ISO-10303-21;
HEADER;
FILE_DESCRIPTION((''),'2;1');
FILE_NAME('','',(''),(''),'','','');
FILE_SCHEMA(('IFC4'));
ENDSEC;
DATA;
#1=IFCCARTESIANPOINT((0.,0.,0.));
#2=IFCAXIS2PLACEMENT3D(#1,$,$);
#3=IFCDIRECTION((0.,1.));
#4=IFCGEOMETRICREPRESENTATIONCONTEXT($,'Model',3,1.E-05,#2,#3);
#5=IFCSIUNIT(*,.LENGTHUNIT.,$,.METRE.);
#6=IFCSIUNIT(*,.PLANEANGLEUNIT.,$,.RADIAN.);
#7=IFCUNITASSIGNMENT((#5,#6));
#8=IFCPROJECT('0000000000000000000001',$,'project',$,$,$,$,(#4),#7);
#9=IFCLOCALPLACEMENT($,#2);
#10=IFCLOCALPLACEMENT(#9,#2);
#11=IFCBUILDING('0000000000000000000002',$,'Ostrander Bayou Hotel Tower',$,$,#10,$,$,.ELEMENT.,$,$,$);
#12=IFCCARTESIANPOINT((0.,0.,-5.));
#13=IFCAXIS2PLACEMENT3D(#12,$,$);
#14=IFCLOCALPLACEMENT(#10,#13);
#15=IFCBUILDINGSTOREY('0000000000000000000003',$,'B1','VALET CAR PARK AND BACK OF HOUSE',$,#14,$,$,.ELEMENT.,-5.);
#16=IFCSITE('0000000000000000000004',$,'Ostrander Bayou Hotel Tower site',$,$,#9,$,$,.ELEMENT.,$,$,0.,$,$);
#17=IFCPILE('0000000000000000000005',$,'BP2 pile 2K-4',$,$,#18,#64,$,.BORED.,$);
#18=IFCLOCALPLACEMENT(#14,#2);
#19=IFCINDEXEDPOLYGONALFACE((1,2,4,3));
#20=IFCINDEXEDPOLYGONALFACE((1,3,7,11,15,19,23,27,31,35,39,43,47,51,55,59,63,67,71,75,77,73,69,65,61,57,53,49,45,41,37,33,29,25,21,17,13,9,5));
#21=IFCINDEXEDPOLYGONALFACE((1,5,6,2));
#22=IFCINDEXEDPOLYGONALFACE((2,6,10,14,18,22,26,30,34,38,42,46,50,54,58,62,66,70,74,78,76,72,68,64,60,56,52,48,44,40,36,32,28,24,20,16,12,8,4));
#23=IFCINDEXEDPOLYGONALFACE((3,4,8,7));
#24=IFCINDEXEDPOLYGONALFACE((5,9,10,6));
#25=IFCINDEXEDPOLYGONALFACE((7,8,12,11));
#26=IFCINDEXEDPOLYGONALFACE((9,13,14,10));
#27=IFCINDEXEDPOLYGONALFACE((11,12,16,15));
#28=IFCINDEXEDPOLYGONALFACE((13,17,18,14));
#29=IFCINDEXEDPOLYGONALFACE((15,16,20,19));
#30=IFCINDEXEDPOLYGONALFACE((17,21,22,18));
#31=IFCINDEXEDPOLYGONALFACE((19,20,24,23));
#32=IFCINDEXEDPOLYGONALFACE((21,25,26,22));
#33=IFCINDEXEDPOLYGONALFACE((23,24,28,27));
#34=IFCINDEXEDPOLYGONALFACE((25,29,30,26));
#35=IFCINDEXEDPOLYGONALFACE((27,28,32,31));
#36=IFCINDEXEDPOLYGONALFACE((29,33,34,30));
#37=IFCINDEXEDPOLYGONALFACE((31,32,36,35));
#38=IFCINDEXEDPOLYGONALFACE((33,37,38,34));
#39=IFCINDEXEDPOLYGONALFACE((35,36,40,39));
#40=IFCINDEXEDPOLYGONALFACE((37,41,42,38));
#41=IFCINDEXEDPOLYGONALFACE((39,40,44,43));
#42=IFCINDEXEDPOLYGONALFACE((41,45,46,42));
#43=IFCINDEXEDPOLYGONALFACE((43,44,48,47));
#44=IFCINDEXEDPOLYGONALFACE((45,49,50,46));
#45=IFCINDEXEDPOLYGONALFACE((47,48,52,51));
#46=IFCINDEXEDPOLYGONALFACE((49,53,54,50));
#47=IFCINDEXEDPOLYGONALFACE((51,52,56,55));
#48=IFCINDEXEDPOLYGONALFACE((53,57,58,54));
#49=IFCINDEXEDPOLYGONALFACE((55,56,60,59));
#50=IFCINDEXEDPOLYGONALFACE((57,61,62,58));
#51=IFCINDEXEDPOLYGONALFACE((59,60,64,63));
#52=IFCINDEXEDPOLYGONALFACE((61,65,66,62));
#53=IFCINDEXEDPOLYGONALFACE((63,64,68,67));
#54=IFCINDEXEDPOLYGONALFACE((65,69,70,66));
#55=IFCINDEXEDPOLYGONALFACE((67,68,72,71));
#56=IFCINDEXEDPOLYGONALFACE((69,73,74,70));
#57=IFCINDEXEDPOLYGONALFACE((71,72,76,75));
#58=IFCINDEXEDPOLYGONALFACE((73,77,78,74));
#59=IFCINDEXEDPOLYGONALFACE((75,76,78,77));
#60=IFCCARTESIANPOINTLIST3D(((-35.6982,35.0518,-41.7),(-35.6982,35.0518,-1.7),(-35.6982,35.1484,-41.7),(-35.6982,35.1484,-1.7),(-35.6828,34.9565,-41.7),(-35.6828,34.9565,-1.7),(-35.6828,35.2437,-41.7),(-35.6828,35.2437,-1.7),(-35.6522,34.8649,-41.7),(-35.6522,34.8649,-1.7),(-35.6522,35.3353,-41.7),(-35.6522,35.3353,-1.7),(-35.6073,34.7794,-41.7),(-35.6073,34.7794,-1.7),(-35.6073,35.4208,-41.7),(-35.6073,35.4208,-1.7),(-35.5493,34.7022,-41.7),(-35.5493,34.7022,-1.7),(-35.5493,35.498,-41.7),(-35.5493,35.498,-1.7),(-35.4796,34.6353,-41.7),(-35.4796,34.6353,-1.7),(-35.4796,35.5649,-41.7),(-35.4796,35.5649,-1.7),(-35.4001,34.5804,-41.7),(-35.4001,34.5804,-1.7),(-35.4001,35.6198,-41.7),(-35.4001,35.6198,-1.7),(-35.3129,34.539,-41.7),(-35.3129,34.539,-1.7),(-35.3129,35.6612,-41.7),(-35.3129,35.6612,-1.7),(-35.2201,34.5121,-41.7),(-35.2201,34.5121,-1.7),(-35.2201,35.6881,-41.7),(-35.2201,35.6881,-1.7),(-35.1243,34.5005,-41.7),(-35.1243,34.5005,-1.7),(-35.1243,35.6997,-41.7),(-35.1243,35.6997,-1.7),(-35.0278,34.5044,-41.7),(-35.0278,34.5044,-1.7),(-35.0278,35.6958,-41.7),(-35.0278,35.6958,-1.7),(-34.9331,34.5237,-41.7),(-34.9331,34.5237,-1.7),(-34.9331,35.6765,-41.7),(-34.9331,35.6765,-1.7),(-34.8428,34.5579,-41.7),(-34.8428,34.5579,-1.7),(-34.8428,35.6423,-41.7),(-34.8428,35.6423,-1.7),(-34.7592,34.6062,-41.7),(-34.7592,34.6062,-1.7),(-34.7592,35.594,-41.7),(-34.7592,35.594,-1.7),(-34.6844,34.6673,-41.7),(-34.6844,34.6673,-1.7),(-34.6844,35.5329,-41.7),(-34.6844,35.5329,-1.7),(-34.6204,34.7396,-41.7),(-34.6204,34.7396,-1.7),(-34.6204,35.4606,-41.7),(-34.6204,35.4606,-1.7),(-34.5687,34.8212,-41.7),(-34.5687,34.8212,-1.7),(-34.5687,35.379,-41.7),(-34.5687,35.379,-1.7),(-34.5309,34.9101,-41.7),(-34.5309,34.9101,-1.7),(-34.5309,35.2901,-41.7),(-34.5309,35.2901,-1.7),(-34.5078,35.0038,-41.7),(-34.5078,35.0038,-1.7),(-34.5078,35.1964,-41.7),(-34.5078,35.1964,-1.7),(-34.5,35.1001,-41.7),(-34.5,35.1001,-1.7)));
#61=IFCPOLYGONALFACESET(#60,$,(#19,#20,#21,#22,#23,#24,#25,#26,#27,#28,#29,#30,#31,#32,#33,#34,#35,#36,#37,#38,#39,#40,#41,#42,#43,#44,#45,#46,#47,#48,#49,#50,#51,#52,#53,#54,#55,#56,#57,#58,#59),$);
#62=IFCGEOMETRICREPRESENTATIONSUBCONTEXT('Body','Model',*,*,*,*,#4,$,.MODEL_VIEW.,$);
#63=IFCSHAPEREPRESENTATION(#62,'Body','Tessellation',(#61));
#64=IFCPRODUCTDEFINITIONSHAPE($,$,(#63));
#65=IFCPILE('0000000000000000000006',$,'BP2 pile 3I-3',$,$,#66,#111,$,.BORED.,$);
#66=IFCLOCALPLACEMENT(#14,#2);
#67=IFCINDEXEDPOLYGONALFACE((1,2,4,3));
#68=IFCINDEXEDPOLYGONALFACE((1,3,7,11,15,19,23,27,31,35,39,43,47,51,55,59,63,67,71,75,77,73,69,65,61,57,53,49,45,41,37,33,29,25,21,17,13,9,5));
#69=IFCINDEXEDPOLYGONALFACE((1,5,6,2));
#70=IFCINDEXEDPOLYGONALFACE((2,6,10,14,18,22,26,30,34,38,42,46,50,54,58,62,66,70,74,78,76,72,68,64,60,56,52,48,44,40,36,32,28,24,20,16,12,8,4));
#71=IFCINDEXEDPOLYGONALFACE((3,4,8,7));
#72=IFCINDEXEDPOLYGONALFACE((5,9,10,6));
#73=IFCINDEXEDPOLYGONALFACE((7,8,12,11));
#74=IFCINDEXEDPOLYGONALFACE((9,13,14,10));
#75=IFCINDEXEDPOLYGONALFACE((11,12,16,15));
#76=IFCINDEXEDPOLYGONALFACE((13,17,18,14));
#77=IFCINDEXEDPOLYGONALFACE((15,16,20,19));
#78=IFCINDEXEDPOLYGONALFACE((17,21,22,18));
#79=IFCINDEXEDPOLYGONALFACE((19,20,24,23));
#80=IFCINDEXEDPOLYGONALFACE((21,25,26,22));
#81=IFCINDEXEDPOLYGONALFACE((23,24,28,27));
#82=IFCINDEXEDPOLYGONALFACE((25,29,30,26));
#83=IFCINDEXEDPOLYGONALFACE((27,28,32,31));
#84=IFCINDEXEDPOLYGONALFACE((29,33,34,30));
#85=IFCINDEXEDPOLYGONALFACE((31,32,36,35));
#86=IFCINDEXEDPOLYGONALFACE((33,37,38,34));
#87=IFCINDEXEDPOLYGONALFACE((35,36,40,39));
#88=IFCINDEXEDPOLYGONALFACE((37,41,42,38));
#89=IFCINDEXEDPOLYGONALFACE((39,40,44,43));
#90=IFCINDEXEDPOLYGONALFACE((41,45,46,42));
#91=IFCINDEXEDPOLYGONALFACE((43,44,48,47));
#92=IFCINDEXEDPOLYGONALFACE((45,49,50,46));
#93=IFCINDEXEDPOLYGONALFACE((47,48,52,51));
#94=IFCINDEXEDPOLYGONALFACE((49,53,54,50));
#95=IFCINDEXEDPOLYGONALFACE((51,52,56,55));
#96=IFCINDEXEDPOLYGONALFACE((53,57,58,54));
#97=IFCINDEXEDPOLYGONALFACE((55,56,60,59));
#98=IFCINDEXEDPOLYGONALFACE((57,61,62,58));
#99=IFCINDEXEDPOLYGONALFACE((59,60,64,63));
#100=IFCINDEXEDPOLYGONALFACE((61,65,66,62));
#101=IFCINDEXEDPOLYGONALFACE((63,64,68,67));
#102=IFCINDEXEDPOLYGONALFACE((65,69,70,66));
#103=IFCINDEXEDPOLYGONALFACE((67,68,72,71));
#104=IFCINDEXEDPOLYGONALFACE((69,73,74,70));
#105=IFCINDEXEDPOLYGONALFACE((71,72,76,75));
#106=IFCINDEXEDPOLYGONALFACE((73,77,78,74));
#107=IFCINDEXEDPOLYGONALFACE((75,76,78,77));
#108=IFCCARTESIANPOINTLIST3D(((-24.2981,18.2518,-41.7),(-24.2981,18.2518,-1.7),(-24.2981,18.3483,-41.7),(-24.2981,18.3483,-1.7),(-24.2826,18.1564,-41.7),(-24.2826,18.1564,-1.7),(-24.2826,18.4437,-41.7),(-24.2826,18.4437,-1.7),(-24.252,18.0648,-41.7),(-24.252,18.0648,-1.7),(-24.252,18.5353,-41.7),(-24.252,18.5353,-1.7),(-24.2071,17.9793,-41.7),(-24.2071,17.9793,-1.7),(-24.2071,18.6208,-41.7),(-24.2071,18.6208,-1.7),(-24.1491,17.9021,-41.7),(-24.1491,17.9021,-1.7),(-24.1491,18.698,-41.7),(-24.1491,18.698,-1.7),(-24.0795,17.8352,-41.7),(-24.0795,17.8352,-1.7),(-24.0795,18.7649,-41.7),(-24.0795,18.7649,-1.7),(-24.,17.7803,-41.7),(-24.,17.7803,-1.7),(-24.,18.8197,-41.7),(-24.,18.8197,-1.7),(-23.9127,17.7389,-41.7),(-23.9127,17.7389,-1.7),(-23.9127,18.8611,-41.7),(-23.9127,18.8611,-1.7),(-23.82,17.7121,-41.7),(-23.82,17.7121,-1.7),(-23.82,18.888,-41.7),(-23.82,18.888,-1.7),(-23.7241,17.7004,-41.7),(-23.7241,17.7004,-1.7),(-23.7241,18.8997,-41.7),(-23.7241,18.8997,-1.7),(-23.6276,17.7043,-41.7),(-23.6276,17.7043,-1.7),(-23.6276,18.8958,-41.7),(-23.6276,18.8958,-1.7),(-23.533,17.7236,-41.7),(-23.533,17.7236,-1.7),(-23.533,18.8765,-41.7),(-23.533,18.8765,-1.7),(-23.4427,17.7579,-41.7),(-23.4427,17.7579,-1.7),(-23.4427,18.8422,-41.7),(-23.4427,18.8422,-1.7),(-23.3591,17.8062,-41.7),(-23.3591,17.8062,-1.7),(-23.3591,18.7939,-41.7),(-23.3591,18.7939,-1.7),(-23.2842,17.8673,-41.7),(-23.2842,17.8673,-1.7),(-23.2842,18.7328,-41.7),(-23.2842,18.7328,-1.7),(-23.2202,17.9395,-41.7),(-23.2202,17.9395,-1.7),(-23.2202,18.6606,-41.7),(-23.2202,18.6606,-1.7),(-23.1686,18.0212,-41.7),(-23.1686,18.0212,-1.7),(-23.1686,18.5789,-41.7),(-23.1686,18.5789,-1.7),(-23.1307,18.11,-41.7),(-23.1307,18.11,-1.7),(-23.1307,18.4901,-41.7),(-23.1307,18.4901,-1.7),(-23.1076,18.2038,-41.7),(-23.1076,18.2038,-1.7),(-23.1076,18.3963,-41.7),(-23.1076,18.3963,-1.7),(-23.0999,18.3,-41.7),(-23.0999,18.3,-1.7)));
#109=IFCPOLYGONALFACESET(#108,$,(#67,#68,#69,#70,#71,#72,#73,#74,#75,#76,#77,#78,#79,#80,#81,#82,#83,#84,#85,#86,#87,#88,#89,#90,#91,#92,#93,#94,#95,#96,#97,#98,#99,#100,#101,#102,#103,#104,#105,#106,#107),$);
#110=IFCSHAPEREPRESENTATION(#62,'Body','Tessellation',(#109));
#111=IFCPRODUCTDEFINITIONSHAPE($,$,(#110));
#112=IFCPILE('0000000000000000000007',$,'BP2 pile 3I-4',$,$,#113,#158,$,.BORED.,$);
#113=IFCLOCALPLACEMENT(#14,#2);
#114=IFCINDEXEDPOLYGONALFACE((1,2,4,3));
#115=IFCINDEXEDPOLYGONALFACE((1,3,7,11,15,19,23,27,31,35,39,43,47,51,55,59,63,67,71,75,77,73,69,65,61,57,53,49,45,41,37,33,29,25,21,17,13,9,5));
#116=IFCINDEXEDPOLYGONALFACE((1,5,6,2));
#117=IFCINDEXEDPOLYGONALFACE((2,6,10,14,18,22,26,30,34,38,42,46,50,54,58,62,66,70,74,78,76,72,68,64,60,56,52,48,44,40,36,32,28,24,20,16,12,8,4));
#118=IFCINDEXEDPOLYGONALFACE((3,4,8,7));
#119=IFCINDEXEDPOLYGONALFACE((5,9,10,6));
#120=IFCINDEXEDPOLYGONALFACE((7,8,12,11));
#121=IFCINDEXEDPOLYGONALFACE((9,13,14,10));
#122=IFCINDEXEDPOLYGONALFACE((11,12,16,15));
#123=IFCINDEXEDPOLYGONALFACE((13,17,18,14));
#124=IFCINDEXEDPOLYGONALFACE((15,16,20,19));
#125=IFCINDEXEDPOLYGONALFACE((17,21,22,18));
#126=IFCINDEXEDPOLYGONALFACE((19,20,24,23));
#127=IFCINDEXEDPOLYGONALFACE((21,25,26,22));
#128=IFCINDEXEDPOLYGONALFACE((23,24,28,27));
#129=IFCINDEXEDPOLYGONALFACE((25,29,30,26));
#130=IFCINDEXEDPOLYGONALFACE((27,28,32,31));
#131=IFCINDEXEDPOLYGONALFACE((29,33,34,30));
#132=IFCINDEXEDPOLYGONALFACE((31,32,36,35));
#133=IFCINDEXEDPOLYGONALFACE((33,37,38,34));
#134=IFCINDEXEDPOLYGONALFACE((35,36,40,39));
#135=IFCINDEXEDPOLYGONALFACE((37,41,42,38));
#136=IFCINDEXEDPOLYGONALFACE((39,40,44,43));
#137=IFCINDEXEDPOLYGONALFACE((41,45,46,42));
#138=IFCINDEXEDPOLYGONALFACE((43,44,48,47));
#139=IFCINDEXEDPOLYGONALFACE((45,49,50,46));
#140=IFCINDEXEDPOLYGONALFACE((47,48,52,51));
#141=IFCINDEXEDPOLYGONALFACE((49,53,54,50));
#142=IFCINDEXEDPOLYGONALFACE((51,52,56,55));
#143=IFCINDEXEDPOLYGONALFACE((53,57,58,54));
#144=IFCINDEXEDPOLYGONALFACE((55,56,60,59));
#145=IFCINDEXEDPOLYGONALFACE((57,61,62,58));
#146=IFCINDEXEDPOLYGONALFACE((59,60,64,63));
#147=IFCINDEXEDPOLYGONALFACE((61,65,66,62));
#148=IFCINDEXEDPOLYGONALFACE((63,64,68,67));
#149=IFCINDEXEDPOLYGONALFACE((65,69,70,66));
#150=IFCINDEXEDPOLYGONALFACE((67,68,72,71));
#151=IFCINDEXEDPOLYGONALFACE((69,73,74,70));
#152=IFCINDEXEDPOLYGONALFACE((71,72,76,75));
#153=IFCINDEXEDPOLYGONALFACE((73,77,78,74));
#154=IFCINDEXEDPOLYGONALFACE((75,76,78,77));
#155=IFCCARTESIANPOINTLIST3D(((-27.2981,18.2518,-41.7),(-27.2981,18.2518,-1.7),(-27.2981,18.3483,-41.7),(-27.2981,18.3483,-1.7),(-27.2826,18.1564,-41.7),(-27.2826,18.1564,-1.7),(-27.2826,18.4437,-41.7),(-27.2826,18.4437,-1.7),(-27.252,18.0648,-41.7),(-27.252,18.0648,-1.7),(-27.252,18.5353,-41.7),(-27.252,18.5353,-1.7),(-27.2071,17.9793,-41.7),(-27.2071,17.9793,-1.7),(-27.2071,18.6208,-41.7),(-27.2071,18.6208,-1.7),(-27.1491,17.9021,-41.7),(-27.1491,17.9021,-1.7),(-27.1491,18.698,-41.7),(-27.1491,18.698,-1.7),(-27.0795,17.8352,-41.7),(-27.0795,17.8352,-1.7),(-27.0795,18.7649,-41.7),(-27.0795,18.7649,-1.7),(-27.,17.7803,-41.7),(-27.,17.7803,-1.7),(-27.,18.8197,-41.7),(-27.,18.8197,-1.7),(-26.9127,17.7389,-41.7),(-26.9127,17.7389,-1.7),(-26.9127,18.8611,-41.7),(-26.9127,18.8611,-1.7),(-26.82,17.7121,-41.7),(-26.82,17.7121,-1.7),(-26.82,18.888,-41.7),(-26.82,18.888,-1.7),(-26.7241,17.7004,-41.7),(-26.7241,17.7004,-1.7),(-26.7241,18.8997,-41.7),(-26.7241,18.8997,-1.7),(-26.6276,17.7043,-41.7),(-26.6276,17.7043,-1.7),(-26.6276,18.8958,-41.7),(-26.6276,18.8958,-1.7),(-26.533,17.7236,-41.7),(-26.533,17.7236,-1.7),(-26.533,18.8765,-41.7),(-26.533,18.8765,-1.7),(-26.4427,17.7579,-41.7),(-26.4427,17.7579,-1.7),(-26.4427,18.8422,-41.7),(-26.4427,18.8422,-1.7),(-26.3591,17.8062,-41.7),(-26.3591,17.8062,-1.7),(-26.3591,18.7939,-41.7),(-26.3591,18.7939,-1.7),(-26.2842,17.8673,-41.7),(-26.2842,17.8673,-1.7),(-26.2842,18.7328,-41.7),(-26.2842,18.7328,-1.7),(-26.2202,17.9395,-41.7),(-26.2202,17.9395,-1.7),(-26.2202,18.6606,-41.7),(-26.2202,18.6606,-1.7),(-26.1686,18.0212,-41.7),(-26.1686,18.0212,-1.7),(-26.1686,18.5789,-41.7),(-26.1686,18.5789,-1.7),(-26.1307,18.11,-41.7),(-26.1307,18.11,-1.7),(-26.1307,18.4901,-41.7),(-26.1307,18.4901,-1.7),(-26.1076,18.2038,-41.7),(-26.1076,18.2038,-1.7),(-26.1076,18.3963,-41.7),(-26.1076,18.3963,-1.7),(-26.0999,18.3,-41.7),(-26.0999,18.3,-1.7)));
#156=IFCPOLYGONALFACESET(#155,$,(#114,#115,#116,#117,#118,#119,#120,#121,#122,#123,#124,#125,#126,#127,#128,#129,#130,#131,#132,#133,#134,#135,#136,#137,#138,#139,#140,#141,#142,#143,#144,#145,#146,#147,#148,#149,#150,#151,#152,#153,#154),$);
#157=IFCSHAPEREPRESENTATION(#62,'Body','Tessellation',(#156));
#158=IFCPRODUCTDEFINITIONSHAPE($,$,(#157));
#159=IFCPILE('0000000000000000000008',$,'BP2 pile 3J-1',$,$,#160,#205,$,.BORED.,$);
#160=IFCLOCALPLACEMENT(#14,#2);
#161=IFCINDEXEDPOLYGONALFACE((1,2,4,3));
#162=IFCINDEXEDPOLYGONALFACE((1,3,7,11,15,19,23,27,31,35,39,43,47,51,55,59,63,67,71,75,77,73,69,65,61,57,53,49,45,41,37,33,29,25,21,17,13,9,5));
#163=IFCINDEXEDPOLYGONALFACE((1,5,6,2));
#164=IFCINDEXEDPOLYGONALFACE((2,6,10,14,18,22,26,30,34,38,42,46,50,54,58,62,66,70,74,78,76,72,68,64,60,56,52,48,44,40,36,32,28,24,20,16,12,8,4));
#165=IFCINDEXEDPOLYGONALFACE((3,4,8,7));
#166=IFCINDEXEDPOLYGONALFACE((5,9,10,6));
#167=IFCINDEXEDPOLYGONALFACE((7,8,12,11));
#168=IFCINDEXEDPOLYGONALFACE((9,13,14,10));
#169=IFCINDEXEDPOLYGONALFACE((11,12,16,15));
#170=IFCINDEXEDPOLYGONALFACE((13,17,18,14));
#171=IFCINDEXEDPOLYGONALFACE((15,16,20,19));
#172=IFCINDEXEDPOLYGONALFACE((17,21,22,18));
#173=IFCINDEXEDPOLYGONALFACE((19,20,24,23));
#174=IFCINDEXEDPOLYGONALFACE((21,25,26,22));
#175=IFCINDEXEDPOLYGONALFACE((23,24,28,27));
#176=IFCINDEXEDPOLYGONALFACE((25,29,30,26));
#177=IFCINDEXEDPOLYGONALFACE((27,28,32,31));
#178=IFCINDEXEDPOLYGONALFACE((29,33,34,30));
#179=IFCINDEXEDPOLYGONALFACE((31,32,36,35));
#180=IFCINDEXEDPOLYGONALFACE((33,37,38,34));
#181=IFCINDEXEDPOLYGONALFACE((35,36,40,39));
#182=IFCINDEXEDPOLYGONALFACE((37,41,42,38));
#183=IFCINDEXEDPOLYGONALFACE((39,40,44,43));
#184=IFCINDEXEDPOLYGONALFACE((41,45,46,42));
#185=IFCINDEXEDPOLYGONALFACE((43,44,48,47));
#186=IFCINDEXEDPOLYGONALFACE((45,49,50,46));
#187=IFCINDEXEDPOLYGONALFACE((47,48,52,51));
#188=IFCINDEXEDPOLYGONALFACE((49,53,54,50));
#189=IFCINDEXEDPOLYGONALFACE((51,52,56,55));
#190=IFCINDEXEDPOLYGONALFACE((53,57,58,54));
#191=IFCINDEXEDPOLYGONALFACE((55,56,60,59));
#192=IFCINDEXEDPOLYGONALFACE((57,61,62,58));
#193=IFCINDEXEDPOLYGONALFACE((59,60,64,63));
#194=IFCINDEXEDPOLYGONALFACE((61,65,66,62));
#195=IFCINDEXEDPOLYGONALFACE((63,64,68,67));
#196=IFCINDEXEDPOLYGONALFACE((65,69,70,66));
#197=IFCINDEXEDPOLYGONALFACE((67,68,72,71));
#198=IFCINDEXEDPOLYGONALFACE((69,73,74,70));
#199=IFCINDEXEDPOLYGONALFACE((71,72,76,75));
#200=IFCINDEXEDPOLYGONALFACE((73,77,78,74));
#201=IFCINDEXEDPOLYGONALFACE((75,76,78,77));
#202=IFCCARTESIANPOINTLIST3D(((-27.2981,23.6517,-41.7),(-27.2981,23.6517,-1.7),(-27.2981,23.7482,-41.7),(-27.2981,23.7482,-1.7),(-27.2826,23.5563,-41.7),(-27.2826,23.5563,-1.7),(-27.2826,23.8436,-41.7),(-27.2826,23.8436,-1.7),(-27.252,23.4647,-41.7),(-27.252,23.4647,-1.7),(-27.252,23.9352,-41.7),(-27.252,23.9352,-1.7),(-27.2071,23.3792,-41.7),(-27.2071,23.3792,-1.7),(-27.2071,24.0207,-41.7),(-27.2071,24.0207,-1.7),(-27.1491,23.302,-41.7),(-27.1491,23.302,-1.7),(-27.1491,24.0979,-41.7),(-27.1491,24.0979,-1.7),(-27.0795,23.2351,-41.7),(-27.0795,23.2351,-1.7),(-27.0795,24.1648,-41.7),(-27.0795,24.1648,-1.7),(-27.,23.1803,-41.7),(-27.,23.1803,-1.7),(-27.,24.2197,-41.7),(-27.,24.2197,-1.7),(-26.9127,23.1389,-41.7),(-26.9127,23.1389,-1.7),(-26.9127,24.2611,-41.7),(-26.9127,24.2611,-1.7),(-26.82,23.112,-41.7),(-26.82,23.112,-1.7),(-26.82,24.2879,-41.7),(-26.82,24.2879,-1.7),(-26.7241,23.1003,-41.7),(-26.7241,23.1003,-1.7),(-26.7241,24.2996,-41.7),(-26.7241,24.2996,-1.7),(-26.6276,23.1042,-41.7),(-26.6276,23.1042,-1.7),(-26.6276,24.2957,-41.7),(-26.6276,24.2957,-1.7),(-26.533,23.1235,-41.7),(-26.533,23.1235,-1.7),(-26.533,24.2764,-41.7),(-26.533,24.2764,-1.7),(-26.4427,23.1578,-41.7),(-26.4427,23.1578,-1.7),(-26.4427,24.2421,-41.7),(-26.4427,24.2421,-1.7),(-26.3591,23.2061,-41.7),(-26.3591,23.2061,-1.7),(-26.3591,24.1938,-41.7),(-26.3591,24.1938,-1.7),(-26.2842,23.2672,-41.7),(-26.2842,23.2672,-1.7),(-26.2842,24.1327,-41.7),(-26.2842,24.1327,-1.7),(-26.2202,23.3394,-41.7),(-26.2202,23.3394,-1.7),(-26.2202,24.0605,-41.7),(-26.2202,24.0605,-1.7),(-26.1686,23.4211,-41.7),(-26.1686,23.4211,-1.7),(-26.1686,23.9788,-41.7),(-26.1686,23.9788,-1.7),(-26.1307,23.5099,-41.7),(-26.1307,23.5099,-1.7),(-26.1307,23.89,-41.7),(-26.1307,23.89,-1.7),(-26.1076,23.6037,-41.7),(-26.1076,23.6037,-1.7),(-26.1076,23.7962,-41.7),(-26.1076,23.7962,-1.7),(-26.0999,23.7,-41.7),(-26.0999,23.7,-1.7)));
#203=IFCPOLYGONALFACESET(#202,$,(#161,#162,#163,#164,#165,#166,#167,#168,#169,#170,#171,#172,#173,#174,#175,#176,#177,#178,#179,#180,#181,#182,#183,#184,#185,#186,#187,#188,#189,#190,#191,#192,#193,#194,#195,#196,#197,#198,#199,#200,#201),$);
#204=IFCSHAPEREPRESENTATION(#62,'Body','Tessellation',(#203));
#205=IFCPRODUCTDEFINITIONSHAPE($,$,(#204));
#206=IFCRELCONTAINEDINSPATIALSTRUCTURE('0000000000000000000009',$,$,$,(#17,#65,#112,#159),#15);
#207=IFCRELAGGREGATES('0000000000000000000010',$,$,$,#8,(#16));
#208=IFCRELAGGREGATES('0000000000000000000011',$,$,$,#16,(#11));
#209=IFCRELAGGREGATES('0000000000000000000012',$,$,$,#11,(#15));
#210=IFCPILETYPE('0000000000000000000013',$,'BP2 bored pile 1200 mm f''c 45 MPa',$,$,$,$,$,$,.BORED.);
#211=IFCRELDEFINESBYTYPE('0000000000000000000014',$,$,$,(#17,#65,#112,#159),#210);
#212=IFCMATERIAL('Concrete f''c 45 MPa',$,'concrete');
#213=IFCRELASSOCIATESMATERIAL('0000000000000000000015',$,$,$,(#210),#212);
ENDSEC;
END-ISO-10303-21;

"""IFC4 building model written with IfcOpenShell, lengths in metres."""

from ifc_helpers import new_model, si_unit, direction, frame, origin, origin_2d, place, context, subcontext, project, spatial, circle, extrude, material, material_profile, profile_set, type_object, element, save


model = new_model("IFC4")

# Units and contexts
model_context = context("Model", 3, precision=1e-05, world=origin(), true_north=direction((0.0, 1.0)))
body_context = subcontext(model_context, "Body", "Model", "MODEL_VIEW")
ifc_project = project(units=[si_unit("LENGTHUNIT", "METRE"), si_unit("PLANEANGLEUNIT", "RADIAN")], contexts=[model_context])

# Site, building, storey
site_placement = place(None, origin())
site = spatial("IfcSite", under=ifc_project, at=site_placement, Name="Ostrander Bayou Hotel Tower site", CompositionType="ELEMENT", RefElevation=0.0)
building_placement = place(site_placement, origin())
building = spatial("IfcBuilding", under=site, at=building_placement, Name="Ostrander Bayou Hotel Tower", CompositionType="ELEMENT")
storey_placement = place(building_placement, frame((0.0, 0.0, -5.0)))
storey = spatial("IfcBuildingStorey", under=building, at=storey_placement, Name="B1", Description="VALET CAR PARK AND BACK OF HOUSE", CompositionType="ELEMENT", Elevation=-5.0)

# Piles
ifc_material_1 = material(Name="Concrete f'c 45 MPa", Category="concrete")
ifc_material_profile_1 = material_profile(ifc_material_1, circle(Radius=0.6001, at=origin_2d()))
ifc_profile_set_1 = profile_set([ifc_material_profile_1], Name="Concrete f'c 45 MPa")
pile_type = type_object("IfcPileType", Name="BP2 bored pile 1200 mm f'c 45 MPa", PredefinedType="BORED", material=ifc_profile_set_1)
for number, where, z_axis, x_axis, name in (
    (1, (-35.1001, 35.1001, -1.7), (0.0, 0.0, -1.0), (1.0, 0.0, 0.0), "BP2 pile 2K-4"),
    (2, (-23.7, 18.3, -1.7), (0.0, 0.0, -1.0), (1.0, 0.0, 0.0), "BP2 pile 3I-3"),
    (3, (-26.7, 18.3, -1.7), (0.0, 0.0, -1.0), (1.0, 0.0, 0.0), "BP2 pile 3I-4"),
    (4, (-26.7, 23.7, -1.7), (0.0, 0.0, -1.0), (1.0, 0.0, 0.0), "BP2 pile 3J-1"),
):
    element("IfcPile", number, at=place(storey_placement, frame(where, z_axis=z_axis, x_axis=x_axis)), inside=storey, type_object=pile_type, Name=name, PredefinedType="BORED", context=body_context, shape_type="SweptSolid", body=[
        extrude(circle(Radius=0.6001, at=origin_2d()), origin(), (0.0, 0.0, 1.0), 40.0),
    ])

save(model, "model.ifc")
